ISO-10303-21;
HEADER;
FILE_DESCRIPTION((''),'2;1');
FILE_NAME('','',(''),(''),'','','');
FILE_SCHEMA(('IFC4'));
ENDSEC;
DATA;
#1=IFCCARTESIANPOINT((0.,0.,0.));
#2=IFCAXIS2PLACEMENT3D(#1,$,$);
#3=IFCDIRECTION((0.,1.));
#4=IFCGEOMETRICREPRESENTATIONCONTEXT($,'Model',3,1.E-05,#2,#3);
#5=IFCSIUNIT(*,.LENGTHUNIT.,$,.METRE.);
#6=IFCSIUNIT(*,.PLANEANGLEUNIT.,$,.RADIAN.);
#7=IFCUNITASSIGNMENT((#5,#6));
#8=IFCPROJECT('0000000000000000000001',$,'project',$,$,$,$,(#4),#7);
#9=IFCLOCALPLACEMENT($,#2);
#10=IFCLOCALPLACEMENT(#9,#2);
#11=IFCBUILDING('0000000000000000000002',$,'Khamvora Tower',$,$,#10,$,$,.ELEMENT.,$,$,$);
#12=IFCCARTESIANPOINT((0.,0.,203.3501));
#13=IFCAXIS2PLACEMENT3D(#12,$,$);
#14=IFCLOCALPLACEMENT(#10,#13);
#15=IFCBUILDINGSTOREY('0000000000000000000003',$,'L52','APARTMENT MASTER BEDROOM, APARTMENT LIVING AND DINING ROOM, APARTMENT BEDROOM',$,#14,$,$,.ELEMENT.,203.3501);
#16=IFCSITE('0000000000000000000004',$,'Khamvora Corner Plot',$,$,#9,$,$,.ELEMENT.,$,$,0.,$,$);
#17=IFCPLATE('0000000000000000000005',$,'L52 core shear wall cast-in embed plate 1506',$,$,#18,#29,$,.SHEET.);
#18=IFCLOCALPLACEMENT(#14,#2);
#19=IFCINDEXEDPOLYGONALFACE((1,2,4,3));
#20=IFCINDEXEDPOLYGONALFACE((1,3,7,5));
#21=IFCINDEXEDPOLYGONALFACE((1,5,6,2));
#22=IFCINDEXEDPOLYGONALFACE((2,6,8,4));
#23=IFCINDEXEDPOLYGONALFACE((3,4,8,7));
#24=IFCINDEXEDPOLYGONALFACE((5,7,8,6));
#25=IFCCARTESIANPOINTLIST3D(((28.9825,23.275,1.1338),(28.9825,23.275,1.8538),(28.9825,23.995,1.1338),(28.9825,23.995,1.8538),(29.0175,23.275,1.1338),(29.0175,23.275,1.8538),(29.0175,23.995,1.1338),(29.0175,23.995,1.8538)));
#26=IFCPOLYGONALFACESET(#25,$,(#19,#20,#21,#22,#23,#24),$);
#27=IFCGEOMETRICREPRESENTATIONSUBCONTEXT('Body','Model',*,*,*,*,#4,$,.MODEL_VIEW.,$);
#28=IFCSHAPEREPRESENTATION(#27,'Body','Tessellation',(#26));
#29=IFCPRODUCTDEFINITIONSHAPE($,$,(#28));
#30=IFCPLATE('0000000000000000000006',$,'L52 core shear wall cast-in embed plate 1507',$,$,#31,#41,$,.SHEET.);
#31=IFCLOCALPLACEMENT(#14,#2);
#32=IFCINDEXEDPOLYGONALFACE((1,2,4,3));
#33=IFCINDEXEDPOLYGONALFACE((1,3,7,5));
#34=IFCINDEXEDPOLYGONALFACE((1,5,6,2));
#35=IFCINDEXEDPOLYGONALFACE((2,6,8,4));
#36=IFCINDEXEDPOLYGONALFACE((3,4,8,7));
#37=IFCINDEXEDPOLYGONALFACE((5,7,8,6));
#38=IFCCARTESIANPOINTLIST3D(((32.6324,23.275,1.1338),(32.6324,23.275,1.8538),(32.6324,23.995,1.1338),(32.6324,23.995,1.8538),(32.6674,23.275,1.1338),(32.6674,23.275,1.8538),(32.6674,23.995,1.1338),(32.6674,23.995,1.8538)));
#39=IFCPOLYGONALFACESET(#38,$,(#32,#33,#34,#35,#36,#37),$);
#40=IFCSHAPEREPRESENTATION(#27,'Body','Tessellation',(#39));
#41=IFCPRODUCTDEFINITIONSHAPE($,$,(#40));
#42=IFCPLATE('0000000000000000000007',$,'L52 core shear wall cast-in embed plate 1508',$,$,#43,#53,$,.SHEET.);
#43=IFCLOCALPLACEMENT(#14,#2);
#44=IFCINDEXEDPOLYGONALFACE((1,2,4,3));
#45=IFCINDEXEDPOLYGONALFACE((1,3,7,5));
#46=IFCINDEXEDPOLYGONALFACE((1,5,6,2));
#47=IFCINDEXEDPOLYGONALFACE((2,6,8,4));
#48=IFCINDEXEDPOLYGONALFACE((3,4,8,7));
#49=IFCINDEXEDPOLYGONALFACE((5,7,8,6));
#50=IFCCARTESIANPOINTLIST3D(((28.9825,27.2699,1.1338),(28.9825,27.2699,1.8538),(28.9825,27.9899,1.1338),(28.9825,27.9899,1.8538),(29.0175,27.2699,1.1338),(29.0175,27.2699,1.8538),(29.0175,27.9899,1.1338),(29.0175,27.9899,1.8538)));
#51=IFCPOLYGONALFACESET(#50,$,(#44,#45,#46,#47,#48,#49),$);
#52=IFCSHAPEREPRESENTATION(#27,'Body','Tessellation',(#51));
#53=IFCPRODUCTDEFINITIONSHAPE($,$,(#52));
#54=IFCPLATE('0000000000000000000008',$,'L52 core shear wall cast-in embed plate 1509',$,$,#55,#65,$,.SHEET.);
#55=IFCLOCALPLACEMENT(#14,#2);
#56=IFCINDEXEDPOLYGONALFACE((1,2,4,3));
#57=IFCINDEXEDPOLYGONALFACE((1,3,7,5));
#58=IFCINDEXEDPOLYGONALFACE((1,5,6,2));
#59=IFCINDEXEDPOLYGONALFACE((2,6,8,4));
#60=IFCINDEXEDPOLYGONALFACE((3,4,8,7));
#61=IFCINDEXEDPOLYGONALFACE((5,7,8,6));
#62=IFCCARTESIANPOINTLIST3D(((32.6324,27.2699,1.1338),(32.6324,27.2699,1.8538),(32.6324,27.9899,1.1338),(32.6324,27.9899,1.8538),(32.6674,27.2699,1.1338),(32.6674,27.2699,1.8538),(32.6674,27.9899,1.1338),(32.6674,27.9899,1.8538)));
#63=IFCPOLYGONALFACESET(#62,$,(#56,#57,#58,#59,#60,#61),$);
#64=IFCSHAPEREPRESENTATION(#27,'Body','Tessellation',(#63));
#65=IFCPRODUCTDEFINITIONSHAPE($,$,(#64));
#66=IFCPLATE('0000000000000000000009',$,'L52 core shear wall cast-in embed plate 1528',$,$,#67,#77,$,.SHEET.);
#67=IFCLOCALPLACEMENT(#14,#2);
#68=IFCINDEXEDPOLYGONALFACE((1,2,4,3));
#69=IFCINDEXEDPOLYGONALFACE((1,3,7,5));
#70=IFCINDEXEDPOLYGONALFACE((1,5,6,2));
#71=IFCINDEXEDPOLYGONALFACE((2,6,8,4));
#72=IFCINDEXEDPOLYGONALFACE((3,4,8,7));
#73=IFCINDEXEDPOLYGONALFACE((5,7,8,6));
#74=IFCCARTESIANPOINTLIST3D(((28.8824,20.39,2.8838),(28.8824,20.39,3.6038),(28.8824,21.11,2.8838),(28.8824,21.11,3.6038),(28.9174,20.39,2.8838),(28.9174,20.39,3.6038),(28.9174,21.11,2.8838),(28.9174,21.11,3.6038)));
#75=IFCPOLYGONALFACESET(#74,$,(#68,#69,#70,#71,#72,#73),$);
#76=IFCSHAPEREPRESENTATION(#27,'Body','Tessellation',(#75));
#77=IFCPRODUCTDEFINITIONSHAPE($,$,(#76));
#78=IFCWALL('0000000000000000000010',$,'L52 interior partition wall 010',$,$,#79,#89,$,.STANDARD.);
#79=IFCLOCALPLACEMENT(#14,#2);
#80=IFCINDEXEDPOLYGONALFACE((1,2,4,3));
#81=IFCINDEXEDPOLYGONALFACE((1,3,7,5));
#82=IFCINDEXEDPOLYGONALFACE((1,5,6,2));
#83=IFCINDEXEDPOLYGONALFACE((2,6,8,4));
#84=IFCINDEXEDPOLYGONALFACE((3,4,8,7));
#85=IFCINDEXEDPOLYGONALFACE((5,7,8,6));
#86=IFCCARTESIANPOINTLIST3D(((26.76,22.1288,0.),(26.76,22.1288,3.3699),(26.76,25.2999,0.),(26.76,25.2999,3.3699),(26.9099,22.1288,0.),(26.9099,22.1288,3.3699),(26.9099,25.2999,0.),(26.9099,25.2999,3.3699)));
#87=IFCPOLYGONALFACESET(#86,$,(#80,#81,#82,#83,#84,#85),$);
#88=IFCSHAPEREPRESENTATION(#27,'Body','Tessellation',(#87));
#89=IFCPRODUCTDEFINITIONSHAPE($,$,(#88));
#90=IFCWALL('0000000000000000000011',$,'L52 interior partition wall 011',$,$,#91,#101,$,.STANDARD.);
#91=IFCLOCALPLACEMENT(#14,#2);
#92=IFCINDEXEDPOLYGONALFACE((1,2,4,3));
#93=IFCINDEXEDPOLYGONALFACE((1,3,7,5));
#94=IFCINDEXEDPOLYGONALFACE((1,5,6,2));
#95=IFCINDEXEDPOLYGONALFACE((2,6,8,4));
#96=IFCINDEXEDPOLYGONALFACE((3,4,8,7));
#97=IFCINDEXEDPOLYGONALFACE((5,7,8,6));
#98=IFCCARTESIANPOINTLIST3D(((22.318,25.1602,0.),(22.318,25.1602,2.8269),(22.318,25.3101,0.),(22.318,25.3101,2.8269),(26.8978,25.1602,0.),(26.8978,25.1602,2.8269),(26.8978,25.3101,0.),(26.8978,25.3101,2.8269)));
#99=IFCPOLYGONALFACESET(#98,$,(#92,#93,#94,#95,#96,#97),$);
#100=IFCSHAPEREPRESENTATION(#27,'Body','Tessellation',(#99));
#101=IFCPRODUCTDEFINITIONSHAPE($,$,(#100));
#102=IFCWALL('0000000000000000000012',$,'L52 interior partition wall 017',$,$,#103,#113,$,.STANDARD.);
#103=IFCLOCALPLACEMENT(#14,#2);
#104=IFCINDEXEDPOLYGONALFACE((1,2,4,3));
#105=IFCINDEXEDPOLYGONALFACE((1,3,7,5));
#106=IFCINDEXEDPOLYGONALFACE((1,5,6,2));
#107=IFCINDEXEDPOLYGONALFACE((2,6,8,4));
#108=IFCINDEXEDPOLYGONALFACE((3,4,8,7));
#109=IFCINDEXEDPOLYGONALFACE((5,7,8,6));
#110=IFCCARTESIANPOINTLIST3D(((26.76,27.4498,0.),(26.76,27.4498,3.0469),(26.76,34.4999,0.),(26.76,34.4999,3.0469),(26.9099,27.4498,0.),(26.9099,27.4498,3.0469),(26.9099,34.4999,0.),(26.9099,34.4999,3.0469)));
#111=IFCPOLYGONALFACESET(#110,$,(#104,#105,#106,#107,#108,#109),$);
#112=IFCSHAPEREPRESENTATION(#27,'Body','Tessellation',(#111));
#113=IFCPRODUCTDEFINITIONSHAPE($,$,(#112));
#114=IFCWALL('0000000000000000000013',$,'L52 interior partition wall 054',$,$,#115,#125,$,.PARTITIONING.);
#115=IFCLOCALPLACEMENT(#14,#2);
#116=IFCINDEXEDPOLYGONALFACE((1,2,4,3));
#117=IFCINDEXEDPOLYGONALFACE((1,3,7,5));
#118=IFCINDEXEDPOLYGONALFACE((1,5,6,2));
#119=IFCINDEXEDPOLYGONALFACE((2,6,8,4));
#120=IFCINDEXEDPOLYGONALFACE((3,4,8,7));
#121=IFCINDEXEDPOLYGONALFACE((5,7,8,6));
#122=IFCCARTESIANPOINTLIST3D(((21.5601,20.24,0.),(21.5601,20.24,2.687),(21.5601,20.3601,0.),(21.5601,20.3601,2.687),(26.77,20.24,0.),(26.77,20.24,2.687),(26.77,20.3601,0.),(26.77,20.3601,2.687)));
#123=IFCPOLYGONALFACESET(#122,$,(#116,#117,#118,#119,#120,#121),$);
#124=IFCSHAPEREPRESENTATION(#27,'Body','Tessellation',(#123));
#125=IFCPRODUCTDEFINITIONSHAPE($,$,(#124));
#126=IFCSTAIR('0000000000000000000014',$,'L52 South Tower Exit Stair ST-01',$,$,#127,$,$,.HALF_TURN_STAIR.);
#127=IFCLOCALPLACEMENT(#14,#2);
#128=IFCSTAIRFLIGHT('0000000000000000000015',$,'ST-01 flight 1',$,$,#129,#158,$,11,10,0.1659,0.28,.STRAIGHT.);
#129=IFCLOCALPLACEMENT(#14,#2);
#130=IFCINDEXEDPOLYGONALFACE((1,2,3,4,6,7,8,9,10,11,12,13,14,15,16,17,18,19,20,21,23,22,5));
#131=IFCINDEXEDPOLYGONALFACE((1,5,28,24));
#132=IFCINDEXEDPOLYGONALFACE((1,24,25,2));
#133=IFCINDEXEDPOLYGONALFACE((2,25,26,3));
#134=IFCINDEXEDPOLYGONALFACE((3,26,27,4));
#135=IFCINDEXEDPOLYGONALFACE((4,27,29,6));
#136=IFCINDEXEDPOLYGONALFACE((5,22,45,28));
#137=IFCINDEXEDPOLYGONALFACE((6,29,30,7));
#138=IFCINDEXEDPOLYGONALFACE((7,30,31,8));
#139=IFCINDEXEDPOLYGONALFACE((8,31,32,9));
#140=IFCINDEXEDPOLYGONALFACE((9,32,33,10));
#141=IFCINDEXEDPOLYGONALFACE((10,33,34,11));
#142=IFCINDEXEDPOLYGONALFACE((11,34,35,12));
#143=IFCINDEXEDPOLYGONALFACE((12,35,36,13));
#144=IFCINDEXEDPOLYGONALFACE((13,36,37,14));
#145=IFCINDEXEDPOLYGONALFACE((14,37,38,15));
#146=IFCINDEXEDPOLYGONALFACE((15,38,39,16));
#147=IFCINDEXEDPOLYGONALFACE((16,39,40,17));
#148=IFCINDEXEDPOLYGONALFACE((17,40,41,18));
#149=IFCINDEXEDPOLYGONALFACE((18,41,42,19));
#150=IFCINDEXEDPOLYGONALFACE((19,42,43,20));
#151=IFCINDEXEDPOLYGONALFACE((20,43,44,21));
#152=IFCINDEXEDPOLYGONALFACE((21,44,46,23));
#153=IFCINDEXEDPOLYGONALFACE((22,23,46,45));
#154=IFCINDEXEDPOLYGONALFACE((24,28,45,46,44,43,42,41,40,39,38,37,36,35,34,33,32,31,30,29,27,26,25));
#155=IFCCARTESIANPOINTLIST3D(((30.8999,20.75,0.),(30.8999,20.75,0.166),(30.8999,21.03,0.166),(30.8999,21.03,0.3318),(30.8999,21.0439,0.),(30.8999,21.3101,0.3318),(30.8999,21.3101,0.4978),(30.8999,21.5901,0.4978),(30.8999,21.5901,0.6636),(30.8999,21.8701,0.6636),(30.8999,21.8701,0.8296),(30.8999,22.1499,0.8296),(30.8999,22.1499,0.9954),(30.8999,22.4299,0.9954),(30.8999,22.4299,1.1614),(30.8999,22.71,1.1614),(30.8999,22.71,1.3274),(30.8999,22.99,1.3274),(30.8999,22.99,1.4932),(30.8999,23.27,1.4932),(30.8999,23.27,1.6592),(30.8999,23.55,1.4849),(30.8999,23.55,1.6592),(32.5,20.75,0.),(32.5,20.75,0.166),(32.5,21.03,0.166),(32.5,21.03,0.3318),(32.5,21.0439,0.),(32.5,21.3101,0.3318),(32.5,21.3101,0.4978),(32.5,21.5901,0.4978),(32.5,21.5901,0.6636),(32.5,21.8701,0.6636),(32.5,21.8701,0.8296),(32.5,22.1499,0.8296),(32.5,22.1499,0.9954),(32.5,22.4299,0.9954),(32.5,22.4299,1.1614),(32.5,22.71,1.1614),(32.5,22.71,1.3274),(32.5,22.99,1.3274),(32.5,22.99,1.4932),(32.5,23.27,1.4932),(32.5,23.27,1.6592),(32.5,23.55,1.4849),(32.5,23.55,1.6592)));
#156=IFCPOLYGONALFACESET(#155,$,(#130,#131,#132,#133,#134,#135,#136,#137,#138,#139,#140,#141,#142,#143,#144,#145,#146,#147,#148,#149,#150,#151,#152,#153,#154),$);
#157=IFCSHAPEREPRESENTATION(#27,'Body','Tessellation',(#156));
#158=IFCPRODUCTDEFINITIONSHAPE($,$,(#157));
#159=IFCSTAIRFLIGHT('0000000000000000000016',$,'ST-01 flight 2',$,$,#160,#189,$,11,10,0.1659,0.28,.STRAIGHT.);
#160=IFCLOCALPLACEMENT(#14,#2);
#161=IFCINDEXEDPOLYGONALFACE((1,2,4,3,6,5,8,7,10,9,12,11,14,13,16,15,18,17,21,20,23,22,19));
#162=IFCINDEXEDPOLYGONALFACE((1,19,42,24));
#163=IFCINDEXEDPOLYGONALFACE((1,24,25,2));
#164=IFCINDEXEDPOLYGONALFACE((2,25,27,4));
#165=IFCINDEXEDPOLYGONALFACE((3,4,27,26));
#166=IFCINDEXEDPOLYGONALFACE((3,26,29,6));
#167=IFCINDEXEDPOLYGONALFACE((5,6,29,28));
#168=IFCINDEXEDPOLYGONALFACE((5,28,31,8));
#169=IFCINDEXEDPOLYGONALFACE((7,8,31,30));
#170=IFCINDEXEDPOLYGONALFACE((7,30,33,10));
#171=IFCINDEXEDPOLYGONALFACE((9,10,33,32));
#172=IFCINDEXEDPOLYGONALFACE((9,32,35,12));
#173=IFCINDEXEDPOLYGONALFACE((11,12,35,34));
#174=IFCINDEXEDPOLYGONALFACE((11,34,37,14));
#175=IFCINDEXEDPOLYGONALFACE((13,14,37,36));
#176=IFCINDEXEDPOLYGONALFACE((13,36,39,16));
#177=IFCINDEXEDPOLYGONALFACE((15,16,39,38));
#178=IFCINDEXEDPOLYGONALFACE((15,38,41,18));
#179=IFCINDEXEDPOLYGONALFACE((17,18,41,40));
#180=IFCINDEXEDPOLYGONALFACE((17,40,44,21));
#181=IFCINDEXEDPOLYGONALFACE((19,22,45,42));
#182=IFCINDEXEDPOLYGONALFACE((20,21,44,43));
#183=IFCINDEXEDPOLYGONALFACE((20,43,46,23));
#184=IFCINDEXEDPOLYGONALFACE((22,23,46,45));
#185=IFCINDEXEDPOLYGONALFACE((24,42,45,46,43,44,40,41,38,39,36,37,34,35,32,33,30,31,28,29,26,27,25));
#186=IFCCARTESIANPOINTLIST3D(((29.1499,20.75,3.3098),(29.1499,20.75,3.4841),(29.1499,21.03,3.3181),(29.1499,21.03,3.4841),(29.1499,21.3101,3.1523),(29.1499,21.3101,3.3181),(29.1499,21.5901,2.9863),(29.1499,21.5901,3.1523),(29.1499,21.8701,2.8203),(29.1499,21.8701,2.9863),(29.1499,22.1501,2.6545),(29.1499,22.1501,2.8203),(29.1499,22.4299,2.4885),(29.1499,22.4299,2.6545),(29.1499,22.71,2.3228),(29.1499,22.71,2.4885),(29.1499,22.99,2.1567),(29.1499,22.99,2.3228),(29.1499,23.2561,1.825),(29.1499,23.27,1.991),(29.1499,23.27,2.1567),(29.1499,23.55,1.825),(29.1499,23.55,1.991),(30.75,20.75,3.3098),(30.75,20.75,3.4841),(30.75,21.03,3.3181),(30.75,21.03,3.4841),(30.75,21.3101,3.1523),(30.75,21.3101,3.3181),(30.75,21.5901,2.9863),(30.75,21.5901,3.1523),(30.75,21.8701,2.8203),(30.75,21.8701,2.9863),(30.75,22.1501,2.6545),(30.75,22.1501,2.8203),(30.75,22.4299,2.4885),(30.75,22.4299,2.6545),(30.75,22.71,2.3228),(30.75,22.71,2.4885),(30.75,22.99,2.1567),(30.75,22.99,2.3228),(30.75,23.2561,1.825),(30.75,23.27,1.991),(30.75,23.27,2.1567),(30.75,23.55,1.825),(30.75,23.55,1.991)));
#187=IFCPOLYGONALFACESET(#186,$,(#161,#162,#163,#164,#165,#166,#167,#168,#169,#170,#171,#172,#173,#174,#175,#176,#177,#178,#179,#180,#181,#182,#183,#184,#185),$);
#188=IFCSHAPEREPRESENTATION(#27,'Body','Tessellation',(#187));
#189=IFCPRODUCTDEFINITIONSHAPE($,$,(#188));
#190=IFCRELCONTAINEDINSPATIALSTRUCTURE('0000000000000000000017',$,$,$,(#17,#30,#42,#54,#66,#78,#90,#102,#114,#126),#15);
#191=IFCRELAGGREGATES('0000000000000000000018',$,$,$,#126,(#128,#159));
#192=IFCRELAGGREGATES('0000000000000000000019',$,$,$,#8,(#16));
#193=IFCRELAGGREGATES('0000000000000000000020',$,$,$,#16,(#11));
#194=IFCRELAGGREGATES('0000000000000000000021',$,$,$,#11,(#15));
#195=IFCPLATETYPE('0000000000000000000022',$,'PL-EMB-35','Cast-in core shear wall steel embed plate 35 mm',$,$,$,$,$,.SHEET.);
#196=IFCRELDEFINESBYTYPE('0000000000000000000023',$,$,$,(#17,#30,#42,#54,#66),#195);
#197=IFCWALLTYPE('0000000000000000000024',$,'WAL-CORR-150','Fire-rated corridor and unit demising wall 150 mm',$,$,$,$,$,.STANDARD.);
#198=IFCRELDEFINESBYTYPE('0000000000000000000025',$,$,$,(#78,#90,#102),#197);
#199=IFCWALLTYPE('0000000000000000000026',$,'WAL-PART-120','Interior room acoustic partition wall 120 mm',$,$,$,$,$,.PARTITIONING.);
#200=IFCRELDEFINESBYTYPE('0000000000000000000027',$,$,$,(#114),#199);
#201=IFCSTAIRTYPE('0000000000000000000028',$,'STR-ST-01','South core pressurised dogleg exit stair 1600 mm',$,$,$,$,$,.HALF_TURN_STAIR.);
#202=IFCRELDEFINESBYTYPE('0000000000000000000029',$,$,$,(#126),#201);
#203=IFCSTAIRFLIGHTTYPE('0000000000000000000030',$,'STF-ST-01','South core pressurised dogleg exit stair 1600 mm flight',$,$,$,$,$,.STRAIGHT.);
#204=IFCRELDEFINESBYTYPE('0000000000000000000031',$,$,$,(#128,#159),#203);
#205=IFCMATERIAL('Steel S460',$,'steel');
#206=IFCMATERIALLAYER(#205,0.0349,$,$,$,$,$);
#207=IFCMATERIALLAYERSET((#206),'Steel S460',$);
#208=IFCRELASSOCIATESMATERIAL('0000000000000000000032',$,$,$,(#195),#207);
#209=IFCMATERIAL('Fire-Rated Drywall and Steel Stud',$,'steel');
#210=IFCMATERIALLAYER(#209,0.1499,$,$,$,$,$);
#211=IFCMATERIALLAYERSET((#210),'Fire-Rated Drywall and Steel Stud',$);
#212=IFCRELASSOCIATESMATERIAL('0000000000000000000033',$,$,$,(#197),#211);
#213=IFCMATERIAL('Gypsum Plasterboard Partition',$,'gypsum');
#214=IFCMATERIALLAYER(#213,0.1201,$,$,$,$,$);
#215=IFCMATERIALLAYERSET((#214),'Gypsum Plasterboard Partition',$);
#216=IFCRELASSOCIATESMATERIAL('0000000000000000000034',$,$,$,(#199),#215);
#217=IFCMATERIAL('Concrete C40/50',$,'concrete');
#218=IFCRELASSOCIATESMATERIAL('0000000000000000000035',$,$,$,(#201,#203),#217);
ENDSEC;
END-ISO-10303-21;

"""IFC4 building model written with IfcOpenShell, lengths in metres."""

from ifc_helpers import new_model, si_unit, direction, frame, frame_2d, origin, origin_2d, place, context, subcontext, project, spatial, polyline, rectangle, outline, extrude, material, layer, layer_set, type_object, element, aggregate, save


model = new_model("IFC4")

# Units and contexts
model_context = context("Model", 3, precision=1e-05, world=origin(), true_north=direction((0.0, 1.0)))
body_context = subcontext(model_context, "Body", "Model", "MODEL_VIEW")
ifc_project = project(units=[si_unit("LENGTHUNIT", "METRE"), si_unit("PLANEANGLEUNIT", "RADIAN")], contexts=[model_context])

# Site, building, storey
site_placement = place(None, origin())
site = spatial("IfcSite", under=ifc_project, at=site_placement, Name="Khamvora Corner Plot", CompositionType="ELEMENT", RefElevation=0.0)
building_placement = place(site_placement, origin())
building = spatial("IfcBuilding", under=site, at=building_placement, Name="Khamvora Tower", CompositionType="ELEMENT")
storey_placement = place(building_placement, frame((0.0, 0.0, 203.3501)))
storey = spatial("IfcBuildingStorey", under=building, at=storey_placement, Name="L52", Description="APARTMENT MASTER BEDROOM, APARTMENT LIVING AND DINING ROOM, APARTMENT BEDROOM", CompositionType="ELEMENT", Elevation=203.3501)

# Plates
ifc_material_1 = material(Name="Steel S460", Category="steel")
ifc_layer_1 = layer(ifc_material_1, 0.0349)
ifc_layer_set_1 = layer_set([ifc_layer_1], Name="Steel S460")
plate_type = type_object("IfcPlateType", Name="PL-EMB-35", Description="Cast-in core shear wall steel embed plate 35 mm", PredefinedType="SHEET", material=ifc_layer_set_1)
for number, where, z_axis, x_axis, name in (
    (1, (29.0, 23.635, 1.1338), (0.0, 0.0, 1.0), (1.0, 0.0, 0.0), "L52 core shear wall cast-in embed plate 1506"),
    (2, (32.6499, 23.635, 1.1338), (0.0, 0.0, 1.0), (1.0, 0.0, 0.0), "L52 core shear wall cast-in embed plate 1507"),
    (3, (29.0, 27.6299, 1.1338), (0.0, 0.0, 1.0), (1.0, 0.0, 0.0), "L52 core shear wall cast-in embed plate 1508"),
    (4, (32.6499, 27.6299, 1.1338), (0.0, 0.0, 1.0), (1.0, 0.0, 0.0), "L52 core shear wall cast-in embed plate 1509"),
    (5, (28.8999, 20.75, 2.8838), (0.0, 0.0, 1.0), (1.0, 0.0, 0.0), "L52 core shear wall cast-in embed plate 1528"),
):
    element("IfcPlate", number, at=place(storey_placement, frame(where, z_axis=z_axis, x_axis=x_axis)), inside=storey, type_object=plate_type, Name=name, PredefinedType="SHEET", context=body_context, shape_type="SweptSolid", body=[
        extrude(rectangle(XDim=0.0349, YDim=0.72, at=origin_2d()), origin(), (0.0, 0.0, 1.0), 0.72),
    ])

# Walls
ifc_material_2 = material(Name="Fire-Rated Drywall and Steel Stud", Category="steel")
ifc_layer_2 = layer(ifc_material_2, 0.1499)
ifc_layer_set_2 = layer_set([ifc_layer_2], Name="Fire-Rated Drywall and Steel Stud")
wall_type_1 = type_object("IfcWallType", Name="WAL-CORR-150", Description="Fire-rated corridor and unit demising wall 150 mm", PredefinedType="STANDARD", material=ifc_layer_set_2)
wall_1_placement = place(storey_placement, frame((26.835, 22.1289, 0.0), z_axis=(0.0, 0.0, 1.0), x_axis=(0.0, 1.0, 0.0)))
element("IfcWall", 6, at=wall_1_placement, inside=storey, type_object=wall_type_1, Name="L52 interior partition wall 010", PredefinedType="STANDARD", context=body_context, shape_type="SweptSolid", body=[
    extrude(rectangle(XDim=3.1711, YDim=0.1499, at=frame_2d((1.5854, 0.0))), origin(), (0.0, 0.0, 1.0), 3.3699),
])
wall_2_placement = place(storey_placement, frame((26.8979, 25.2351, 0.0), z_axis=(0.0, 0.0, 1.0), x_axis=(-1.0, 0.0, 0.0)))
element("IfcWall", 7, at=wall_2_placement, inside=storey, type_object=wall_type_1, Name="L52 interior partition wall 011", PredefinedType="STANDARD", context=body_context, shape_type="SweptSolid", body=[
    extrude(rectangle(XDim=4.5798, YDim=0.1499, at=frame_2d((2.29, 0.0))), origin(), (0.0, 0.0, 1.0), 2.8269),
])
wall_3_placement = place(storey_placement, frame((26.835, 27.45, 0.0), z_axis=(0.0, 0.0, 1.0), x_axis=(0.0, 1.0, 0.0)))
element("IfcWall", 8, at=wall_3_placement, inside=storey, type_object=wall_type_1, Name="L52 interior partition wall 017", PredefinedType="STANDARD", context=body_context, shape_type="SweptSolid", body=[
    extrude(rectangle(XDim=7.05, YDim=0.1499, at=frame_2d((3.5249, 0.0))), origin(), (0.0, 0.0, 1.0), 3.0469),
])
ifc_material_3 = material(Name="Gypsum Plasterboard Partition", Category="gypsum")
ifc_layer_3 = layer(ifc_material_3, 0.1201)
ifc_layer_set_3 = layer_set([ifc_layer_3], Name="Gypsum Plasterboard Partition")
wall_type_2 = type_object("IfcWallType", Name="WAL-PART-120", Description="Interior room acoustic partition wall 120 mm", PredefinedType="PARTITIONING", material=ifc_layer_set_3)
wall_4_placement = place(storey_placement, frame((26.77, 20.3, 0.0), z_axis=(0.0, 0.0, 1.0), x_axis=(-1.0, 0.0, 0.0)))
element("IfcWall", 9, at=wall_4_placement, inside=storey, type_object=wall_type_2, Name="L52 interior partition wall 054", PredefinedType="PARTITIONING", context=body_context, shape_type="SweptSolid", body=[
    extrude(rectangle(XDim=5.21, YDim=0.1201, at=frame_2d((2.605, 0.0))), origin(), (0.0, 0.0, 1.0), 2.687),
])

# Stair, stair flights
ifc_material_4 = material(Name="Concrete C40/50", Category="concrete")
stair_type = type_object("IfcStairType", Name="STR-ST-01", Description="South core pressurised dogleg exit stair 1600 mm", PredefinedType="HALF_TURN_STAIR", material=ifc_material_4)
stair_placement = place(storey_placement, origin())
stair = element("IfcStair", 10, at=stair_placement, inside=storey, type_object=stair_type, Name="L52 South Tower Exit Stair ST-01", PredefinedType="HALF_TURN_STAIR")
stair_flight_type = type_object("IfcStairFlightType", Name="STF-ST-01", Description="South core pressurised dogleg exit stair 1600 mm flight", PredefinedType="STRAIGHT", material=ifc_material_4)
stair_flight_1_placement = place(storey_placement, frame((31.7, 20.75, 0.0), z_axis=(0.0, 0.0, 1.0), x_axis=(0.0, 1.0, 0.0)))
stair_flight_1 = element("IfcStairFlight", 11, at=stair_flight_1_placement, type_object=stair_flight_type, Name="ST-01 flight 1", NumberOfRisers=11, NumberOfTreads=10, PredefinedType="STRAIGHT", RiserHeight=0.1659, TreadLength=0.28, context=body_context, shape_type="SweptSolid", body=[
    extrude(outline(polyline([(0.0, 0.0), (0.0, 0.166), (0.28, 0.166), (0.28, 0.3318), (0.5601, 0.3318), (0.5601, 0.4978), (0.8401, 0.4978), (0.8401, 0.6636), (1.1201, 0.6636), (1.1201, 0.8296), (1.3999, 0.8296), (1.3999, 0.9954), (1.6799, 0.9954), (1.6799, 1.1614), (1.96, 1.1614), (1.96, 1.3274), (2.24, 1.3274), (2.24, 1.4932), (2.52, 1.4932), (2.52, 1.6592), (2.8, 1.6592), (2.8, 1.825), (2.8, 1.4849), (0.2939, 0.0), (0.0, 0.0)])), frame((0.0, 0.8, 0.0), z_axis=(0.0, -1.0, 0.0), x_axis=(1.0, 0.0, 0.0)), (0.0, 0.0, 1.0), 1.6001),
])
stair_flight_2_placement = place(storey_placement, frame((29.95, 23.55, 1.825), z_axis=(0.0, 0.0, 1.0), x_axis=(0.0, -1.0, 0.0)))
stair_flight_2 = element("IfcStairFlight", 12, at=stair_flight_2_placement, type_object=stair_flight_type, Name="ST-01 flight 2", NumberOfRisers=11, NumberOfTreads=10, PredefinedType="STRAIGHT", RiserHeight=0.1659, TreadLength=0.28, context=body_context, shape_type="SweptSolid", body=[
    extrude(outline(polyline([(0.0, 0.0), (0.0, 0.166), (0.28, 0.166), (0.28, 0.3318), (0.5601, 0.3318), (0.5601, 0.4978), (0.8401, 0.4978), (0.8401, 0.6636), (1.1201, 0.6636), (1.1201, 0.8296), (1.3999, 0.8296), (1.3999, 0.9954), (1.6799, 0.9954), (1.6799, 1.1614), (1.96, 1.1614), (1.96, 1.3274), (2.24, 1.3274), (2.24, 1.4932), (2.52, 1.4932), (2.52, 1.6592), (2.8, 1.6592), (2.8, 1.825), (2.8, 1.4849), (0.2939, 0.0), (0.0, 0.0)])), frame((0.0, 0.8, 0.0), z_axis=(0.0, -1.0, 0.0), x_axis=(1.0, 0.0, 0.0)), (0.0, 0.0, 1.0), 1.6001),
])
aggregate(stair, [stair_flight_1, stair_flight_2])

save(model, "model.ifc")
